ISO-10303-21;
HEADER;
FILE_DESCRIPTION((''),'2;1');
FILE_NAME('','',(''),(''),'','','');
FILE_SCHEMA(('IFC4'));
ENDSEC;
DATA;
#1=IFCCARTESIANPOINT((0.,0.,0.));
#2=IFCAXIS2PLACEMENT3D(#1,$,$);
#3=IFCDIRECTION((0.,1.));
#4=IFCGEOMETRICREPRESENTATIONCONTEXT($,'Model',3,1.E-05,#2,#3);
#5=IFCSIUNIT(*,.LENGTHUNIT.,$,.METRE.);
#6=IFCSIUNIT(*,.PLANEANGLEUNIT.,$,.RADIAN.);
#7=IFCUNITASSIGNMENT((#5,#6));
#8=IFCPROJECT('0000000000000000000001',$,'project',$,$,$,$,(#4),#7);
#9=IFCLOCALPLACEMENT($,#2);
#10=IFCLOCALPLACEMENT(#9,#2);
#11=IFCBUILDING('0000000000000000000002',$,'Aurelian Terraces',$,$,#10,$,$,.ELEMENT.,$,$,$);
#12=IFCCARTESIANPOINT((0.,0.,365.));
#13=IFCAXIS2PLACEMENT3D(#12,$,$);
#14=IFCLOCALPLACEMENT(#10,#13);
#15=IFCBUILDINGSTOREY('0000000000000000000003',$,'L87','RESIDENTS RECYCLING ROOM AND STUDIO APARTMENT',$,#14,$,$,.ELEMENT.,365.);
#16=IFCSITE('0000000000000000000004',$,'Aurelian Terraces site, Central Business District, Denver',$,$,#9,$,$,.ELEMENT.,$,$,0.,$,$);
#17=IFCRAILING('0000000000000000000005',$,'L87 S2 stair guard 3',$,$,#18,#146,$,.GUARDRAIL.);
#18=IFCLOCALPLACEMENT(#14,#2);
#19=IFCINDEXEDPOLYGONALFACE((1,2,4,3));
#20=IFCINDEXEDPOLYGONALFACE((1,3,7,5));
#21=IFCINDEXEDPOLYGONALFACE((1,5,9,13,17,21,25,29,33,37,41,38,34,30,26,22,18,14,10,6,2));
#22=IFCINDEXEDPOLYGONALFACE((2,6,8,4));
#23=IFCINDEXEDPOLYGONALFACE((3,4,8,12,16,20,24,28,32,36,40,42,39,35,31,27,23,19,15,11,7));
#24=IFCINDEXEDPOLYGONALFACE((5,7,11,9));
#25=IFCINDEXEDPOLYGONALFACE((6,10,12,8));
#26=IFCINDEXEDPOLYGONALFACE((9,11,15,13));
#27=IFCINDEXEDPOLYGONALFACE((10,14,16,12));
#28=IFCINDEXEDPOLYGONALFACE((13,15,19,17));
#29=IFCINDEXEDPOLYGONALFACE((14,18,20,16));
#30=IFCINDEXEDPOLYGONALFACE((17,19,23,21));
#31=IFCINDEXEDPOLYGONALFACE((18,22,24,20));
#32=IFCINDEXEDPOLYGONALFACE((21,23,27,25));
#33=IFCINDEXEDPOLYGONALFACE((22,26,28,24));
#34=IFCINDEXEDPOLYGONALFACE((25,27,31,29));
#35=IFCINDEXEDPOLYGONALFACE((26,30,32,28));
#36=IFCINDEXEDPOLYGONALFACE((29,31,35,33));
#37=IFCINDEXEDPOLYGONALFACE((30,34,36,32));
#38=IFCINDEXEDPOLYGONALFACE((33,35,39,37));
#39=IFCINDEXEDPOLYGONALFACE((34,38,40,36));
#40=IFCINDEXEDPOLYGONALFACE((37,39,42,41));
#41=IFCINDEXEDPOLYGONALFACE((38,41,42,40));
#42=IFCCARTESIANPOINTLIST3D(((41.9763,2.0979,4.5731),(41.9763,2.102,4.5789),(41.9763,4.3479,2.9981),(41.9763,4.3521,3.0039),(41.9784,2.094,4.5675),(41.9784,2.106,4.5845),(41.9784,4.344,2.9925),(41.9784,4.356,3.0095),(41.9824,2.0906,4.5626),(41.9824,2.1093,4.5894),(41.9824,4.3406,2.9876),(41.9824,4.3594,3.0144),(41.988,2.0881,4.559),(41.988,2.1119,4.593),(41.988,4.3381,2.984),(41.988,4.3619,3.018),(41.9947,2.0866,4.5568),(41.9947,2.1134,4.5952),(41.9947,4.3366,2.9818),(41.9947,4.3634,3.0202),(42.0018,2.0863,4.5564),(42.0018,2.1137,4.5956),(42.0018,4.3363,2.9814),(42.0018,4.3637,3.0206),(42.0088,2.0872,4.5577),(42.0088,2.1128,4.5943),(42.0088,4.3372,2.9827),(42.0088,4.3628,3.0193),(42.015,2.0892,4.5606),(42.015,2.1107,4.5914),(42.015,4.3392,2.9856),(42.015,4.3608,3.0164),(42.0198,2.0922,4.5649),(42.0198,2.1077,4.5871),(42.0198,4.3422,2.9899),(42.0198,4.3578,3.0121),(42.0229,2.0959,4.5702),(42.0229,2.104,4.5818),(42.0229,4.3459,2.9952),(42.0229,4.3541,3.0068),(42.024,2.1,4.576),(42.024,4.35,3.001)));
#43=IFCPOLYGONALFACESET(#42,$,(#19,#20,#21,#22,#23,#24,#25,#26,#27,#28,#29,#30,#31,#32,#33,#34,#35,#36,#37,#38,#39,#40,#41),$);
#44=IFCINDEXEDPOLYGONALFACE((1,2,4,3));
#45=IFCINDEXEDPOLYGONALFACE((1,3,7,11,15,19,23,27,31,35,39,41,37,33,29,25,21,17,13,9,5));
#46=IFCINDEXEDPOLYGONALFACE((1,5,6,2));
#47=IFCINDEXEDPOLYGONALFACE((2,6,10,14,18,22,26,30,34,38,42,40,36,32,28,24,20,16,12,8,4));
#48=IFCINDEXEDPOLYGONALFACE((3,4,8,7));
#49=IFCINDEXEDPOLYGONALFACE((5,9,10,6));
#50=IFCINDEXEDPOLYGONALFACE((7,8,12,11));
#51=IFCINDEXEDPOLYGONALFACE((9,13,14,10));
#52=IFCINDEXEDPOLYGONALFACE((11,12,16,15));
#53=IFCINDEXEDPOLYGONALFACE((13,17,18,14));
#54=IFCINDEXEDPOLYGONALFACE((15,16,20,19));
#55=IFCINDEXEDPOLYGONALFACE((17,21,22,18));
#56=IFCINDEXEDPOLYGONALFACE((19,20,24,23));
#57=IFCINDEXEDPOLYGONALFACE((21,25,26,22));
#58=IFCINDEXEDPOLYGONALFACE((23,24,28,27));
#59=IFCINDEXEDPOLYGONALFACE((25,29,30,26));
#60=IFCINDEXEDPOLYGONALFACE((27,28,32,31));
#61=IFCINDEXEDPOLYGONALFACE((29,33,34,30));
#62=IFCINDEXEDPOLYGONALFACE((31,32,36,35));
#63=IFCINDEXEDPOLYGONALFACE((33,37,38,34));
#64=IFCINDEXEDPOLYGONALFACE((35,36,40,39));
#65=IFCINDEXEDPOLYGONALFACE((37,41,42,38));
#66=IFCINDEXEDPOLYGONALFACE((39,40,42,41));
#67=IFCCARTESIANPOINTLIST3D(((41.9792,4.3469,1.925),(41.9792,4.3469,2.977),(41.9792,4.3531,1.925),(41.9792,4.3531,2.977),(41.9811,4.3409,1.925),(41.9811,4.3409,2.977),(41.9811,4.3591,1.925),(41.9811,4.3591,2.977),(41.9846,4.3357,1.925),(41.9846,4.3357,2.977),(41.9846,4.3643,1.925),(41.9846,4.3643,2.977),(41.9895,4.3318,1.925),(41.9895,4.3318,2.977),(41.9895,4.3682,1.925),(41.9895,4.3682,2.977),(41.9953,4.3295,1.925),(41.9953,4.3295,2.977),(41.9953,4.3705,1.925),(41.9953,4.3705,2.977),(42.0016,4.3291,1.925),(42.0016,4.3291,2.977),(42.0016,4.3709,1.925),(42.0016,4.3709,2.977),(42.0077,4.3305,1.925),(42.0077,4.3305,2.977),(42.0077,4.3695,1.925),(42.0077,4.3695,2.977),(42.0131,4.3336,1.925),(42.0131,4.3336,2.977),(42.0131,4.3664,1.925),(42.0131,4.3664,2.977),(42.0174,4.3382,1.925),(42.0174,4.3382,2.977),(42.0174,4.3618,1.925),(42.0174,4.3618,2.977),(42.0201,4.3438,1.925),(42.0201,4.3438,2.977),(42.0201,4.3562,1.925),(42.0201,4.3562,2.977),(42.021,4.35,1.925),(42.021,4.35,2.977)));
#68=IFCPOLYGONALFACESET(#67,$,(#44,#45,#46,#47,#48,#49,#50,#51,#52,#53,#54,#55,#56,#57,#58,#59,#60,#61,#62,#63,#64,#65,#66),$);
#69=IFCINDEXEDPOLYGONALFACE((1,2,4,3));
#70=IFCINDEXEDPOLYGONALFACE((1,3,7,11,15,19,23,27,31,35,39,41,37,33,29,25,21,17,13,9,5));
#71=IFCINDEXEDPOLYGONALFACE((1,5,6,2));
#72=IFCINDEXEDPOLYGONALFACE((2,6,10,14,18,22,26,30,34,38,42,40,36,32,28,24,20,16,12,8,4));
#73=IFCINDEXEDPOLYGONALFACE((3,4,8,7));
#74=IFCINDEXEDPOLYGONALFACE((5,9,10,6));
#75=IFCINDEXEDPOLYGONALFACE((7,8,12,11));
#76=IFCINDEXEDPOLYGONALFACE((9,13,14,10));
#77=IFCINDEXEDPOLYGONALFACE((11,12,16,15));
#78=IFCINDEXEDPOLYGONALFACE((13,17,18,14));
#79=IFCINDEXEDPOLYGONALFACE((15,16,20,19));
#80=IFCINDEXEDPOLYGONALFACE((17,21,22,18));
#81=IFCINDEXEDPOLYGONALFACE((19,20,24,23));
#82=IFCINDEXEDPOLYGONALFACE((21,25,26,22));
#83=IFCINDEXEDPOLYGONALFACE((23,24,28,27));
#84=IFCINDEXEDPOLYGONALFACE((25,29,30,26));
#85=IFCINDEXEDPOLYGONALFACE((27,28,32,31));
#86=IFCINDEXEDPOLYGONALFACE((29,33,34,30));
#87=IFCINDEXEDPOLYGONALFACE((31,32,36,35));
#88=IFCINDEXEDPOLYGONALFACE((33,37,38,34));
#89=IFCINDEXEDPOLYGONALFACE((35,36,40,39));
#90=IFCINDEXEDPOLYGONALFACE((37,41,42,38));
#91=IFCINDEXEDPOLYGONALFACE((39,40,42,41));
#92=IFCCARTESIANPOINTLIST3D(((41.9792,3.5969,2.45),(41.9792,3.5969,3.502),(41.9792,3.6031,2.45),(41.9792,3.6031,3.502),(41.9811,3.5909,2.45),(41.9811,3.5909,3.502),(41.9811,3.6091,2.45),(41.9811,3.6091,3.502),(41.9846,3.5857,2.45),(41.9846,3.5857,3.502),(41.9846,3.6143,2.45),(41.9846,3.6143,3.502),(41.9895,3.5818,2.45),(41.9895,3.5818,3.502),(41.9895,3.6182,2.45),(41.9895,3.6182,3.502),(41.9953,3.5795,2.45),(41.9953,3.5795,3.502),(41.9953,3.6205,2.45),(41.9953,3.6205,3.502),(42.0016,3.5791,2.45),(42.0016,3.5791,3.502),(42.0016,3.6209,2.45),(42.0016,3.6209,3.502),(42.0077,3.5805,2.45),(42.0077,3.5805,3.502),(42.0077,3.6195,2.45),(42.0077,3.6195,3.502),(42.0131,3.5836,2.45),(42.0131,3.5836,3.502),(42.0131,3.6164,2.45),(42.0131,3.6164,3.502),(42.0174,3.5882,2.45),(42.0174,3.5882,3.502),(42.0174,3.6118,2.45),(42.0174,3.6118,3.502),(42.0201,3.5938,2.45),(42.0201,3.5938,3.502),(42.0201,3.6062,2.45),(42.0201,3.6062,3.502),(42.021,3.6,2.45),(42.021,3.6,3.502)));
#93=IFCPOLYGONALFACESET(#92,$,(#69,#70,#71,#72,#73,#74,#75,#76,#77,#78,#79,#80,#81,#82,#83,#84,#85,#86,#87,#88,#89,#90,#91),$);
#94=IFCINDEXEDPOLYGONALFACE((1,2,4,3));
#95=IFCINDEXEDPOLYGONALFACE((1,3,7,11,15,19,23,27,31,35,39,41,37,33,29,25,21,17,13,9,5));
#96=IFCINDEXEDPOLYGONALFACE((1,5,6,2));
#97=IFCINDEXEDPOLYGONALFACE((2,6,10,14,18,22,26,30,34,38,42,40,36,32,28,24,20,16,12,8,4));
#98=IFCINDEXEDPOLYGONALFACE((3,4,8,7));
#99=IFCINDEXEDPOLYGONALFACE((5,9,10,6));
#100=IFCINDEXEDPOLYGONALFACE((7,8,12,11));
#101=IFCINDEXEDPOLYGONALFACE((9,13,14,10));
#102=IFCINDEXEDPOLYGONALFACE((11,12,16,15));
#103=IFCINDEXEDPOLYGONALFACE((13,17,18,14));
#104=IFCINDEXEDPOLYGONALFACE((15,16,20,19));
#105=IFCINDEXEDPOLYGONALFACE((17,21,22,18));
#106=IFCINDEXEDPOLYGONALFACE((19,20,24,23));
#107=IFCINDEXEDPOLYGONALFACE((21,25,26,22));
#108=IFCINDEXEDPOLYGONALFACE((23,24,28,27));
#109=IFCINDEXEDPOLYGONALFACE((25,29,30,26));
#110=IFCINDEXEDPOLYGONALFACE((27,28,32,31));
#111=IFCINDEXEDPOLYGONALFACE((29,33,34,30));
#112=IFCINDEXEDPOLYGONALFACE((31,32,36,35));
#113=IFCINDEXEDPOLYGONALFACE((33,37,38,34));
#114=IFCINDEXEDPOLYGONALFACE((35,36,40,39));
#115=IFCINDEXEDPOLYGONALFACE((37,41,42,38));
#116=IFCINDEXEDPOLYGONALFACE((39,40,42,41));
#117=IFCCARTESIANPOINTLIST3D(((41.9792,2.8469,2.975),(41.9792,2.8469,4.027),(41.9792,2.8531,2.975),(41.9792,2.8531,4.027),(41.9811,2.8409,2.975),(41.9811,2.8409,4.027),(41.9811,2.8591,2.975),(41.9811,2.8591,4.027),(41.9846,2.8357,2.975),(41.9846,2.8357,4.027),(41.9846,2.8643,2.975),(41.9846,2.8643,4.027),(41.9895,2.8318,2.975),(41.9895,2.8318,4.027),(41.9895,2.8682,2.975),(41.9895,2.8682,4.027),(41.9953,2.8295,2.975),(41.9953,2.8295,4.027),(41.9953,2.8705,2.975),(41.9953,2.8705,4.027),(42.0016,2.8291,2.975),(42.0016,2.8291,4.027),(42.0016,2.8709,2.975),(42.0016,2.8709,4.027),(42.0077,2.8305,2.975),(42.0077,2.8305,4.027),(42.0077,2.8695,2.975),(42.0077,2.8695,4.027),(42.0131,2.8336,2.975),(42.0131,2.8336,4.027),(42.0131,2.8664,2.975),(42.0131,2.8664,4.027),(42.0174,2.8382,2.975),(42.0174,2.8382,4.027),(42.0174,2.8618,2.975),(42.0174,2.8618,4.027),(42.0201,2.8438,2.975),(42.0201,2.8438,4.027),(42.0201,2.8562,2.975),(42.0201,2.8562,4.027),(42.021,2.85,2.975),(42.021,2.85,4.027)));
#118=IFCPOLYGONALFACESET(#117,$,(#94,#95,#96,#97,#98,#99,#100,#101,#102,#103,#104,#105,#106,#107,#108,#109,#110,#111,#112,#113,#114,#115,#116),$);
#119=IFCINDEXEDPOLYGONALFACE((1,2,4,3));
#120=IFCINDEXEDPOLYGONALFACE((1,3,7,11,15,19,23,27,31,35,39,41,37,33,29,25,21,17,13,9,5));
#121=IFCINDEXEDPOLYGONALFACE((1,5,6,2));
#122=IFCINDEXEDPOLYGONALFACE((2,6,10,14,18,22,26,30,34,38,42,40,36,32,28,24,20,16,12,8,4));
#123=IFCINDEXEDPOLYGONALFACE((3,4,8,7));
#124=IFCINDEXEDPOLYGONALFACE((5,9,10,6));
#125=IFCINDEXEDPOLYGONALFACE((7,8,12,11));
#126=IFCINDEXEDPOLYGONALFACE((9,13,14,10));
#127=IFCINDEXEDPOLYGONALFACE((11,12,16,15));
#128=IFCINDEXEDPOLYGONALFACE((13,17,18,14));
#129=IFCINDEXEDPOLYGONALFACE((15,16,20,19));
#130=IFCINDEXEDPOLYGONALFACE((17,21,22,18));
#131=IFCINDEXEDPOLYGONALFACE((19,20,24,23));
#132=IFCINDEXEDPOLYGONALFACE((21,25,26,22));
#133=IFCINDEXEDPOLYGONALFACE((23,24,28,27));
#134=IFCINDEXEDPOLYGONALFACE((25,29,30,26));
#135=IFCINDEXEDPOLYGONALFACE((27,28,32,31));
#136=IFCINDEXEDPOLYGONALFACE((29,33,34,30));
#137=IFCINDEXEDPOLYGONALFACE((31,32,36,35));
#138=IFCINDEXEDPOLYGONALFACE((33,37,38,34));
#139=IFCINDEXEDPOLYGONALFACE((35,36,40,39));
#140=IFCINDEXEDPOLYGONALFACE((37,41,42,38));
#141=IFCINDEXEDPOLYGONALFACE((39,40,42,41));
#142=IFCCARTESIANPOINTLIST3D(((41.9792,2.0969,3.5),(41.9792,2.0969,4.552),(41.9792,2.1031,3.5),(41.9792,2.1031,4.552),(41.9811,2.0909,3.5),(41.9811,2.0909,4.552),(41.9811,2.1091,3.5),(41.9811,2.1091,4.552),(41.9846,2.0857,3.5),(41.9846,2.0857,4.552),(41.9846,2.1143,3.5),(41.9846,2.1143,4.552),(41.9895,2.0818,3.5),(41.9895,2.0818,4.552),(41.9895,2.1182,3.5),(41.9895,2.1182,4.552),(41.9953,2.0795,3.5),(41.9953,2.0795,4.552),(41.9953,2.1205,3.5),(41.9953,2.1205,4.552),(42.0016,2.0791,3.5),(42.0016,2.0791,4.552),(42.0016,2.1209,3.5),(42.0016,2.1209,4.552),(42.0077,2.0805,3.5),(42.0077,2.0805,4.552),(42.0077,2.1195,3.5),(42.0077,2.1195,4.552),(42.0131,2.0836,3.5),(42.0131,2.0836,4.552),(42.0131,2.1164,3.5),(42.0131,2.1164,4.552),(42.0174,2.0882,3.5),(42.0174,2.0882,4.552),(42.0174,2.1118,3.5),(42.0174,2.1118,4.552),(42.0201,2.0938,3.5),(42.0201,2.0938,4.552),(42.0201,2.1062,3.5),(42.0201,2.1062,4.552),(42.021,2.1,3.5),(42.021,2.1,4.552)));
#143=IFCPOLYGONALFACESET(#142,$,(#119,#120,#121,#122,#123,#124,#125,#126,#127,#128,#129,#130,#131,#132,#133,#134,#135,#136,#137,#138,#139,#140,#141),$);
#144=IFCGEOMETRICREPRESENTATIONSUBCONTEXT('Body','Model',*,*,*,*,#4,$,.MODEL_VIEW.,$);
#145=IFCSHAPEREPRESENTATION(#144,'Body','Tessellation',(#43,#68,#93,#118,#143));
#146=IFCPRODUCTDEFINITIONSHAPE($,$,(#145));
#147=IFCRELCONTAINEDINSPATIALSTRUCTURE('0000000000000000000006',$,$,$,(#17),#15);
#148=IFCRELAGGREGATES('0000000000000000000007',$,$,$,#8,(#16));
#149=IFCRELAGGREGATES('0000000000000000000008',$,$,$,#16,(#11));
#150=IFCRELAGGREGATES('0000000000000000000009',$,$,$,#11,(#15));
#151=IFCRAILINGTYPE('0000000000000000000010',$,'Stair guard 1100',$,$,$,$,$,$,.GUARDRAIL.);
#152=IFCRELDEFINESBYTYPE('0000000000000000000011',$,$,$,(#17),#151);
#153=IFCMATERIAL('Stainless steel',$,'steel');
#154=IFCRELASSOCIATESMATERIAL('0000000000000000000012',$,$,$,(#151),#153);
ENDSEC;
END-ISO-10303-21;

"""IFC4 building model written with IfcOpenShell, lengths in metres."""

from ifc_helpers import new_model, si_unit, direction, frame, origin, origin_2d, place, context, subcontext, project, spatial, circle, extrude, source, transform, mapped, material, type_object, element, save


model = new_model("IFC4")

# Units and contexts
model_context = context("Model", 3, precision=1e-05, world=origin(), true_north=direction((0.0, 1.0)))
body_context = subcontext(model_context, "Body", "Model", "MODEL_VIEW")
ifc_project = project(units=[si_unit("LENGTHUNIT", "METRE"), si_unit("PLANEANGLEUNIT", "RADIAN")], contexts=[model_context])

# Site, building, storey
site_placement = place(None, origin())
site = spatial("IfcSite", under=ifc_project, at=site_placement, Name="Aurelian Terraces site, Central Business District, Denver", CompositionType="ELEMENT", RefElevation=0.0)
building_placement = place(site_placement, origin())
building = spatial("IfcBuilding", under=site, at=building_placement, Name="Aurelian Terraces", CompositionType="ELEMENT")
storey_placement = place(building_placement, frame((0.0, 0.0, 365.0)))
storey = spatial("IfcBuildingStorey", under=building, at=storey_placement, Name="L87", Description="RESIDENTS RECYCLING ROOM AND STUDIO APARTMENT", CompositionType="ELEMENT", Elevation=365.0)

# Railing
ifc_material_1 = material(Name="Stainless steel", Category="steel")
railing_type_1 = type_object("IfcRailingType", Name="Stair guard 1100", PredefinedType="GUARDRAIL", material=ifc_material_1)
shared_shape_1 = source(origin(), body_context, "Body", "SweptSolid", [
    extrude(circle(Radius=0.024, at=origin_2d()), frame((0.0, 0.0, 1.076), z_axis=(0.0, -0.819232, 0.573462), x_axis=(1.0, 0.0, 0.0)), (0.0, 0.0, 1.0), 2.7465),
    extrude(circle(Radius=0.021, at=origin_2d()), origin(), (0.0, 0.0, 1.0), 1.052),
    extrude(circle(Radius=0.021, at=origin_2d()), frame((0.0, -0.75, 0.525)), (0.0, 0.0, 1.0), 1.052),
    extrude(circle(Radius=0.021, at=origin_2d()), frame((0.0, -1.5, 1.05)), (0.0, 0.0, 1.0), 1.052),
    extrude(circle(Radius=0.021, at=origin_2d()), frame((0.0, -2.25, 1.575)), (0.0, 0.0, 1.0), 1.052),
])
railing_1_placement = place(storey_placement, frame((42.0, 4.35, 1.925)))
element("IfcRailing", 1, at=railing_1_placement, inside=storey, type_object=railing_type_1, Name="L87 S2 stair guard 3", PredefinedType="GUARDRAIL", context=body_context, shape_type="MappedRepresentation", body=[
    mapped(shared_shape_1, transform((0.0, 0.0, 0.0), scale=1.0)),
])

save(model, "model.ifc")
